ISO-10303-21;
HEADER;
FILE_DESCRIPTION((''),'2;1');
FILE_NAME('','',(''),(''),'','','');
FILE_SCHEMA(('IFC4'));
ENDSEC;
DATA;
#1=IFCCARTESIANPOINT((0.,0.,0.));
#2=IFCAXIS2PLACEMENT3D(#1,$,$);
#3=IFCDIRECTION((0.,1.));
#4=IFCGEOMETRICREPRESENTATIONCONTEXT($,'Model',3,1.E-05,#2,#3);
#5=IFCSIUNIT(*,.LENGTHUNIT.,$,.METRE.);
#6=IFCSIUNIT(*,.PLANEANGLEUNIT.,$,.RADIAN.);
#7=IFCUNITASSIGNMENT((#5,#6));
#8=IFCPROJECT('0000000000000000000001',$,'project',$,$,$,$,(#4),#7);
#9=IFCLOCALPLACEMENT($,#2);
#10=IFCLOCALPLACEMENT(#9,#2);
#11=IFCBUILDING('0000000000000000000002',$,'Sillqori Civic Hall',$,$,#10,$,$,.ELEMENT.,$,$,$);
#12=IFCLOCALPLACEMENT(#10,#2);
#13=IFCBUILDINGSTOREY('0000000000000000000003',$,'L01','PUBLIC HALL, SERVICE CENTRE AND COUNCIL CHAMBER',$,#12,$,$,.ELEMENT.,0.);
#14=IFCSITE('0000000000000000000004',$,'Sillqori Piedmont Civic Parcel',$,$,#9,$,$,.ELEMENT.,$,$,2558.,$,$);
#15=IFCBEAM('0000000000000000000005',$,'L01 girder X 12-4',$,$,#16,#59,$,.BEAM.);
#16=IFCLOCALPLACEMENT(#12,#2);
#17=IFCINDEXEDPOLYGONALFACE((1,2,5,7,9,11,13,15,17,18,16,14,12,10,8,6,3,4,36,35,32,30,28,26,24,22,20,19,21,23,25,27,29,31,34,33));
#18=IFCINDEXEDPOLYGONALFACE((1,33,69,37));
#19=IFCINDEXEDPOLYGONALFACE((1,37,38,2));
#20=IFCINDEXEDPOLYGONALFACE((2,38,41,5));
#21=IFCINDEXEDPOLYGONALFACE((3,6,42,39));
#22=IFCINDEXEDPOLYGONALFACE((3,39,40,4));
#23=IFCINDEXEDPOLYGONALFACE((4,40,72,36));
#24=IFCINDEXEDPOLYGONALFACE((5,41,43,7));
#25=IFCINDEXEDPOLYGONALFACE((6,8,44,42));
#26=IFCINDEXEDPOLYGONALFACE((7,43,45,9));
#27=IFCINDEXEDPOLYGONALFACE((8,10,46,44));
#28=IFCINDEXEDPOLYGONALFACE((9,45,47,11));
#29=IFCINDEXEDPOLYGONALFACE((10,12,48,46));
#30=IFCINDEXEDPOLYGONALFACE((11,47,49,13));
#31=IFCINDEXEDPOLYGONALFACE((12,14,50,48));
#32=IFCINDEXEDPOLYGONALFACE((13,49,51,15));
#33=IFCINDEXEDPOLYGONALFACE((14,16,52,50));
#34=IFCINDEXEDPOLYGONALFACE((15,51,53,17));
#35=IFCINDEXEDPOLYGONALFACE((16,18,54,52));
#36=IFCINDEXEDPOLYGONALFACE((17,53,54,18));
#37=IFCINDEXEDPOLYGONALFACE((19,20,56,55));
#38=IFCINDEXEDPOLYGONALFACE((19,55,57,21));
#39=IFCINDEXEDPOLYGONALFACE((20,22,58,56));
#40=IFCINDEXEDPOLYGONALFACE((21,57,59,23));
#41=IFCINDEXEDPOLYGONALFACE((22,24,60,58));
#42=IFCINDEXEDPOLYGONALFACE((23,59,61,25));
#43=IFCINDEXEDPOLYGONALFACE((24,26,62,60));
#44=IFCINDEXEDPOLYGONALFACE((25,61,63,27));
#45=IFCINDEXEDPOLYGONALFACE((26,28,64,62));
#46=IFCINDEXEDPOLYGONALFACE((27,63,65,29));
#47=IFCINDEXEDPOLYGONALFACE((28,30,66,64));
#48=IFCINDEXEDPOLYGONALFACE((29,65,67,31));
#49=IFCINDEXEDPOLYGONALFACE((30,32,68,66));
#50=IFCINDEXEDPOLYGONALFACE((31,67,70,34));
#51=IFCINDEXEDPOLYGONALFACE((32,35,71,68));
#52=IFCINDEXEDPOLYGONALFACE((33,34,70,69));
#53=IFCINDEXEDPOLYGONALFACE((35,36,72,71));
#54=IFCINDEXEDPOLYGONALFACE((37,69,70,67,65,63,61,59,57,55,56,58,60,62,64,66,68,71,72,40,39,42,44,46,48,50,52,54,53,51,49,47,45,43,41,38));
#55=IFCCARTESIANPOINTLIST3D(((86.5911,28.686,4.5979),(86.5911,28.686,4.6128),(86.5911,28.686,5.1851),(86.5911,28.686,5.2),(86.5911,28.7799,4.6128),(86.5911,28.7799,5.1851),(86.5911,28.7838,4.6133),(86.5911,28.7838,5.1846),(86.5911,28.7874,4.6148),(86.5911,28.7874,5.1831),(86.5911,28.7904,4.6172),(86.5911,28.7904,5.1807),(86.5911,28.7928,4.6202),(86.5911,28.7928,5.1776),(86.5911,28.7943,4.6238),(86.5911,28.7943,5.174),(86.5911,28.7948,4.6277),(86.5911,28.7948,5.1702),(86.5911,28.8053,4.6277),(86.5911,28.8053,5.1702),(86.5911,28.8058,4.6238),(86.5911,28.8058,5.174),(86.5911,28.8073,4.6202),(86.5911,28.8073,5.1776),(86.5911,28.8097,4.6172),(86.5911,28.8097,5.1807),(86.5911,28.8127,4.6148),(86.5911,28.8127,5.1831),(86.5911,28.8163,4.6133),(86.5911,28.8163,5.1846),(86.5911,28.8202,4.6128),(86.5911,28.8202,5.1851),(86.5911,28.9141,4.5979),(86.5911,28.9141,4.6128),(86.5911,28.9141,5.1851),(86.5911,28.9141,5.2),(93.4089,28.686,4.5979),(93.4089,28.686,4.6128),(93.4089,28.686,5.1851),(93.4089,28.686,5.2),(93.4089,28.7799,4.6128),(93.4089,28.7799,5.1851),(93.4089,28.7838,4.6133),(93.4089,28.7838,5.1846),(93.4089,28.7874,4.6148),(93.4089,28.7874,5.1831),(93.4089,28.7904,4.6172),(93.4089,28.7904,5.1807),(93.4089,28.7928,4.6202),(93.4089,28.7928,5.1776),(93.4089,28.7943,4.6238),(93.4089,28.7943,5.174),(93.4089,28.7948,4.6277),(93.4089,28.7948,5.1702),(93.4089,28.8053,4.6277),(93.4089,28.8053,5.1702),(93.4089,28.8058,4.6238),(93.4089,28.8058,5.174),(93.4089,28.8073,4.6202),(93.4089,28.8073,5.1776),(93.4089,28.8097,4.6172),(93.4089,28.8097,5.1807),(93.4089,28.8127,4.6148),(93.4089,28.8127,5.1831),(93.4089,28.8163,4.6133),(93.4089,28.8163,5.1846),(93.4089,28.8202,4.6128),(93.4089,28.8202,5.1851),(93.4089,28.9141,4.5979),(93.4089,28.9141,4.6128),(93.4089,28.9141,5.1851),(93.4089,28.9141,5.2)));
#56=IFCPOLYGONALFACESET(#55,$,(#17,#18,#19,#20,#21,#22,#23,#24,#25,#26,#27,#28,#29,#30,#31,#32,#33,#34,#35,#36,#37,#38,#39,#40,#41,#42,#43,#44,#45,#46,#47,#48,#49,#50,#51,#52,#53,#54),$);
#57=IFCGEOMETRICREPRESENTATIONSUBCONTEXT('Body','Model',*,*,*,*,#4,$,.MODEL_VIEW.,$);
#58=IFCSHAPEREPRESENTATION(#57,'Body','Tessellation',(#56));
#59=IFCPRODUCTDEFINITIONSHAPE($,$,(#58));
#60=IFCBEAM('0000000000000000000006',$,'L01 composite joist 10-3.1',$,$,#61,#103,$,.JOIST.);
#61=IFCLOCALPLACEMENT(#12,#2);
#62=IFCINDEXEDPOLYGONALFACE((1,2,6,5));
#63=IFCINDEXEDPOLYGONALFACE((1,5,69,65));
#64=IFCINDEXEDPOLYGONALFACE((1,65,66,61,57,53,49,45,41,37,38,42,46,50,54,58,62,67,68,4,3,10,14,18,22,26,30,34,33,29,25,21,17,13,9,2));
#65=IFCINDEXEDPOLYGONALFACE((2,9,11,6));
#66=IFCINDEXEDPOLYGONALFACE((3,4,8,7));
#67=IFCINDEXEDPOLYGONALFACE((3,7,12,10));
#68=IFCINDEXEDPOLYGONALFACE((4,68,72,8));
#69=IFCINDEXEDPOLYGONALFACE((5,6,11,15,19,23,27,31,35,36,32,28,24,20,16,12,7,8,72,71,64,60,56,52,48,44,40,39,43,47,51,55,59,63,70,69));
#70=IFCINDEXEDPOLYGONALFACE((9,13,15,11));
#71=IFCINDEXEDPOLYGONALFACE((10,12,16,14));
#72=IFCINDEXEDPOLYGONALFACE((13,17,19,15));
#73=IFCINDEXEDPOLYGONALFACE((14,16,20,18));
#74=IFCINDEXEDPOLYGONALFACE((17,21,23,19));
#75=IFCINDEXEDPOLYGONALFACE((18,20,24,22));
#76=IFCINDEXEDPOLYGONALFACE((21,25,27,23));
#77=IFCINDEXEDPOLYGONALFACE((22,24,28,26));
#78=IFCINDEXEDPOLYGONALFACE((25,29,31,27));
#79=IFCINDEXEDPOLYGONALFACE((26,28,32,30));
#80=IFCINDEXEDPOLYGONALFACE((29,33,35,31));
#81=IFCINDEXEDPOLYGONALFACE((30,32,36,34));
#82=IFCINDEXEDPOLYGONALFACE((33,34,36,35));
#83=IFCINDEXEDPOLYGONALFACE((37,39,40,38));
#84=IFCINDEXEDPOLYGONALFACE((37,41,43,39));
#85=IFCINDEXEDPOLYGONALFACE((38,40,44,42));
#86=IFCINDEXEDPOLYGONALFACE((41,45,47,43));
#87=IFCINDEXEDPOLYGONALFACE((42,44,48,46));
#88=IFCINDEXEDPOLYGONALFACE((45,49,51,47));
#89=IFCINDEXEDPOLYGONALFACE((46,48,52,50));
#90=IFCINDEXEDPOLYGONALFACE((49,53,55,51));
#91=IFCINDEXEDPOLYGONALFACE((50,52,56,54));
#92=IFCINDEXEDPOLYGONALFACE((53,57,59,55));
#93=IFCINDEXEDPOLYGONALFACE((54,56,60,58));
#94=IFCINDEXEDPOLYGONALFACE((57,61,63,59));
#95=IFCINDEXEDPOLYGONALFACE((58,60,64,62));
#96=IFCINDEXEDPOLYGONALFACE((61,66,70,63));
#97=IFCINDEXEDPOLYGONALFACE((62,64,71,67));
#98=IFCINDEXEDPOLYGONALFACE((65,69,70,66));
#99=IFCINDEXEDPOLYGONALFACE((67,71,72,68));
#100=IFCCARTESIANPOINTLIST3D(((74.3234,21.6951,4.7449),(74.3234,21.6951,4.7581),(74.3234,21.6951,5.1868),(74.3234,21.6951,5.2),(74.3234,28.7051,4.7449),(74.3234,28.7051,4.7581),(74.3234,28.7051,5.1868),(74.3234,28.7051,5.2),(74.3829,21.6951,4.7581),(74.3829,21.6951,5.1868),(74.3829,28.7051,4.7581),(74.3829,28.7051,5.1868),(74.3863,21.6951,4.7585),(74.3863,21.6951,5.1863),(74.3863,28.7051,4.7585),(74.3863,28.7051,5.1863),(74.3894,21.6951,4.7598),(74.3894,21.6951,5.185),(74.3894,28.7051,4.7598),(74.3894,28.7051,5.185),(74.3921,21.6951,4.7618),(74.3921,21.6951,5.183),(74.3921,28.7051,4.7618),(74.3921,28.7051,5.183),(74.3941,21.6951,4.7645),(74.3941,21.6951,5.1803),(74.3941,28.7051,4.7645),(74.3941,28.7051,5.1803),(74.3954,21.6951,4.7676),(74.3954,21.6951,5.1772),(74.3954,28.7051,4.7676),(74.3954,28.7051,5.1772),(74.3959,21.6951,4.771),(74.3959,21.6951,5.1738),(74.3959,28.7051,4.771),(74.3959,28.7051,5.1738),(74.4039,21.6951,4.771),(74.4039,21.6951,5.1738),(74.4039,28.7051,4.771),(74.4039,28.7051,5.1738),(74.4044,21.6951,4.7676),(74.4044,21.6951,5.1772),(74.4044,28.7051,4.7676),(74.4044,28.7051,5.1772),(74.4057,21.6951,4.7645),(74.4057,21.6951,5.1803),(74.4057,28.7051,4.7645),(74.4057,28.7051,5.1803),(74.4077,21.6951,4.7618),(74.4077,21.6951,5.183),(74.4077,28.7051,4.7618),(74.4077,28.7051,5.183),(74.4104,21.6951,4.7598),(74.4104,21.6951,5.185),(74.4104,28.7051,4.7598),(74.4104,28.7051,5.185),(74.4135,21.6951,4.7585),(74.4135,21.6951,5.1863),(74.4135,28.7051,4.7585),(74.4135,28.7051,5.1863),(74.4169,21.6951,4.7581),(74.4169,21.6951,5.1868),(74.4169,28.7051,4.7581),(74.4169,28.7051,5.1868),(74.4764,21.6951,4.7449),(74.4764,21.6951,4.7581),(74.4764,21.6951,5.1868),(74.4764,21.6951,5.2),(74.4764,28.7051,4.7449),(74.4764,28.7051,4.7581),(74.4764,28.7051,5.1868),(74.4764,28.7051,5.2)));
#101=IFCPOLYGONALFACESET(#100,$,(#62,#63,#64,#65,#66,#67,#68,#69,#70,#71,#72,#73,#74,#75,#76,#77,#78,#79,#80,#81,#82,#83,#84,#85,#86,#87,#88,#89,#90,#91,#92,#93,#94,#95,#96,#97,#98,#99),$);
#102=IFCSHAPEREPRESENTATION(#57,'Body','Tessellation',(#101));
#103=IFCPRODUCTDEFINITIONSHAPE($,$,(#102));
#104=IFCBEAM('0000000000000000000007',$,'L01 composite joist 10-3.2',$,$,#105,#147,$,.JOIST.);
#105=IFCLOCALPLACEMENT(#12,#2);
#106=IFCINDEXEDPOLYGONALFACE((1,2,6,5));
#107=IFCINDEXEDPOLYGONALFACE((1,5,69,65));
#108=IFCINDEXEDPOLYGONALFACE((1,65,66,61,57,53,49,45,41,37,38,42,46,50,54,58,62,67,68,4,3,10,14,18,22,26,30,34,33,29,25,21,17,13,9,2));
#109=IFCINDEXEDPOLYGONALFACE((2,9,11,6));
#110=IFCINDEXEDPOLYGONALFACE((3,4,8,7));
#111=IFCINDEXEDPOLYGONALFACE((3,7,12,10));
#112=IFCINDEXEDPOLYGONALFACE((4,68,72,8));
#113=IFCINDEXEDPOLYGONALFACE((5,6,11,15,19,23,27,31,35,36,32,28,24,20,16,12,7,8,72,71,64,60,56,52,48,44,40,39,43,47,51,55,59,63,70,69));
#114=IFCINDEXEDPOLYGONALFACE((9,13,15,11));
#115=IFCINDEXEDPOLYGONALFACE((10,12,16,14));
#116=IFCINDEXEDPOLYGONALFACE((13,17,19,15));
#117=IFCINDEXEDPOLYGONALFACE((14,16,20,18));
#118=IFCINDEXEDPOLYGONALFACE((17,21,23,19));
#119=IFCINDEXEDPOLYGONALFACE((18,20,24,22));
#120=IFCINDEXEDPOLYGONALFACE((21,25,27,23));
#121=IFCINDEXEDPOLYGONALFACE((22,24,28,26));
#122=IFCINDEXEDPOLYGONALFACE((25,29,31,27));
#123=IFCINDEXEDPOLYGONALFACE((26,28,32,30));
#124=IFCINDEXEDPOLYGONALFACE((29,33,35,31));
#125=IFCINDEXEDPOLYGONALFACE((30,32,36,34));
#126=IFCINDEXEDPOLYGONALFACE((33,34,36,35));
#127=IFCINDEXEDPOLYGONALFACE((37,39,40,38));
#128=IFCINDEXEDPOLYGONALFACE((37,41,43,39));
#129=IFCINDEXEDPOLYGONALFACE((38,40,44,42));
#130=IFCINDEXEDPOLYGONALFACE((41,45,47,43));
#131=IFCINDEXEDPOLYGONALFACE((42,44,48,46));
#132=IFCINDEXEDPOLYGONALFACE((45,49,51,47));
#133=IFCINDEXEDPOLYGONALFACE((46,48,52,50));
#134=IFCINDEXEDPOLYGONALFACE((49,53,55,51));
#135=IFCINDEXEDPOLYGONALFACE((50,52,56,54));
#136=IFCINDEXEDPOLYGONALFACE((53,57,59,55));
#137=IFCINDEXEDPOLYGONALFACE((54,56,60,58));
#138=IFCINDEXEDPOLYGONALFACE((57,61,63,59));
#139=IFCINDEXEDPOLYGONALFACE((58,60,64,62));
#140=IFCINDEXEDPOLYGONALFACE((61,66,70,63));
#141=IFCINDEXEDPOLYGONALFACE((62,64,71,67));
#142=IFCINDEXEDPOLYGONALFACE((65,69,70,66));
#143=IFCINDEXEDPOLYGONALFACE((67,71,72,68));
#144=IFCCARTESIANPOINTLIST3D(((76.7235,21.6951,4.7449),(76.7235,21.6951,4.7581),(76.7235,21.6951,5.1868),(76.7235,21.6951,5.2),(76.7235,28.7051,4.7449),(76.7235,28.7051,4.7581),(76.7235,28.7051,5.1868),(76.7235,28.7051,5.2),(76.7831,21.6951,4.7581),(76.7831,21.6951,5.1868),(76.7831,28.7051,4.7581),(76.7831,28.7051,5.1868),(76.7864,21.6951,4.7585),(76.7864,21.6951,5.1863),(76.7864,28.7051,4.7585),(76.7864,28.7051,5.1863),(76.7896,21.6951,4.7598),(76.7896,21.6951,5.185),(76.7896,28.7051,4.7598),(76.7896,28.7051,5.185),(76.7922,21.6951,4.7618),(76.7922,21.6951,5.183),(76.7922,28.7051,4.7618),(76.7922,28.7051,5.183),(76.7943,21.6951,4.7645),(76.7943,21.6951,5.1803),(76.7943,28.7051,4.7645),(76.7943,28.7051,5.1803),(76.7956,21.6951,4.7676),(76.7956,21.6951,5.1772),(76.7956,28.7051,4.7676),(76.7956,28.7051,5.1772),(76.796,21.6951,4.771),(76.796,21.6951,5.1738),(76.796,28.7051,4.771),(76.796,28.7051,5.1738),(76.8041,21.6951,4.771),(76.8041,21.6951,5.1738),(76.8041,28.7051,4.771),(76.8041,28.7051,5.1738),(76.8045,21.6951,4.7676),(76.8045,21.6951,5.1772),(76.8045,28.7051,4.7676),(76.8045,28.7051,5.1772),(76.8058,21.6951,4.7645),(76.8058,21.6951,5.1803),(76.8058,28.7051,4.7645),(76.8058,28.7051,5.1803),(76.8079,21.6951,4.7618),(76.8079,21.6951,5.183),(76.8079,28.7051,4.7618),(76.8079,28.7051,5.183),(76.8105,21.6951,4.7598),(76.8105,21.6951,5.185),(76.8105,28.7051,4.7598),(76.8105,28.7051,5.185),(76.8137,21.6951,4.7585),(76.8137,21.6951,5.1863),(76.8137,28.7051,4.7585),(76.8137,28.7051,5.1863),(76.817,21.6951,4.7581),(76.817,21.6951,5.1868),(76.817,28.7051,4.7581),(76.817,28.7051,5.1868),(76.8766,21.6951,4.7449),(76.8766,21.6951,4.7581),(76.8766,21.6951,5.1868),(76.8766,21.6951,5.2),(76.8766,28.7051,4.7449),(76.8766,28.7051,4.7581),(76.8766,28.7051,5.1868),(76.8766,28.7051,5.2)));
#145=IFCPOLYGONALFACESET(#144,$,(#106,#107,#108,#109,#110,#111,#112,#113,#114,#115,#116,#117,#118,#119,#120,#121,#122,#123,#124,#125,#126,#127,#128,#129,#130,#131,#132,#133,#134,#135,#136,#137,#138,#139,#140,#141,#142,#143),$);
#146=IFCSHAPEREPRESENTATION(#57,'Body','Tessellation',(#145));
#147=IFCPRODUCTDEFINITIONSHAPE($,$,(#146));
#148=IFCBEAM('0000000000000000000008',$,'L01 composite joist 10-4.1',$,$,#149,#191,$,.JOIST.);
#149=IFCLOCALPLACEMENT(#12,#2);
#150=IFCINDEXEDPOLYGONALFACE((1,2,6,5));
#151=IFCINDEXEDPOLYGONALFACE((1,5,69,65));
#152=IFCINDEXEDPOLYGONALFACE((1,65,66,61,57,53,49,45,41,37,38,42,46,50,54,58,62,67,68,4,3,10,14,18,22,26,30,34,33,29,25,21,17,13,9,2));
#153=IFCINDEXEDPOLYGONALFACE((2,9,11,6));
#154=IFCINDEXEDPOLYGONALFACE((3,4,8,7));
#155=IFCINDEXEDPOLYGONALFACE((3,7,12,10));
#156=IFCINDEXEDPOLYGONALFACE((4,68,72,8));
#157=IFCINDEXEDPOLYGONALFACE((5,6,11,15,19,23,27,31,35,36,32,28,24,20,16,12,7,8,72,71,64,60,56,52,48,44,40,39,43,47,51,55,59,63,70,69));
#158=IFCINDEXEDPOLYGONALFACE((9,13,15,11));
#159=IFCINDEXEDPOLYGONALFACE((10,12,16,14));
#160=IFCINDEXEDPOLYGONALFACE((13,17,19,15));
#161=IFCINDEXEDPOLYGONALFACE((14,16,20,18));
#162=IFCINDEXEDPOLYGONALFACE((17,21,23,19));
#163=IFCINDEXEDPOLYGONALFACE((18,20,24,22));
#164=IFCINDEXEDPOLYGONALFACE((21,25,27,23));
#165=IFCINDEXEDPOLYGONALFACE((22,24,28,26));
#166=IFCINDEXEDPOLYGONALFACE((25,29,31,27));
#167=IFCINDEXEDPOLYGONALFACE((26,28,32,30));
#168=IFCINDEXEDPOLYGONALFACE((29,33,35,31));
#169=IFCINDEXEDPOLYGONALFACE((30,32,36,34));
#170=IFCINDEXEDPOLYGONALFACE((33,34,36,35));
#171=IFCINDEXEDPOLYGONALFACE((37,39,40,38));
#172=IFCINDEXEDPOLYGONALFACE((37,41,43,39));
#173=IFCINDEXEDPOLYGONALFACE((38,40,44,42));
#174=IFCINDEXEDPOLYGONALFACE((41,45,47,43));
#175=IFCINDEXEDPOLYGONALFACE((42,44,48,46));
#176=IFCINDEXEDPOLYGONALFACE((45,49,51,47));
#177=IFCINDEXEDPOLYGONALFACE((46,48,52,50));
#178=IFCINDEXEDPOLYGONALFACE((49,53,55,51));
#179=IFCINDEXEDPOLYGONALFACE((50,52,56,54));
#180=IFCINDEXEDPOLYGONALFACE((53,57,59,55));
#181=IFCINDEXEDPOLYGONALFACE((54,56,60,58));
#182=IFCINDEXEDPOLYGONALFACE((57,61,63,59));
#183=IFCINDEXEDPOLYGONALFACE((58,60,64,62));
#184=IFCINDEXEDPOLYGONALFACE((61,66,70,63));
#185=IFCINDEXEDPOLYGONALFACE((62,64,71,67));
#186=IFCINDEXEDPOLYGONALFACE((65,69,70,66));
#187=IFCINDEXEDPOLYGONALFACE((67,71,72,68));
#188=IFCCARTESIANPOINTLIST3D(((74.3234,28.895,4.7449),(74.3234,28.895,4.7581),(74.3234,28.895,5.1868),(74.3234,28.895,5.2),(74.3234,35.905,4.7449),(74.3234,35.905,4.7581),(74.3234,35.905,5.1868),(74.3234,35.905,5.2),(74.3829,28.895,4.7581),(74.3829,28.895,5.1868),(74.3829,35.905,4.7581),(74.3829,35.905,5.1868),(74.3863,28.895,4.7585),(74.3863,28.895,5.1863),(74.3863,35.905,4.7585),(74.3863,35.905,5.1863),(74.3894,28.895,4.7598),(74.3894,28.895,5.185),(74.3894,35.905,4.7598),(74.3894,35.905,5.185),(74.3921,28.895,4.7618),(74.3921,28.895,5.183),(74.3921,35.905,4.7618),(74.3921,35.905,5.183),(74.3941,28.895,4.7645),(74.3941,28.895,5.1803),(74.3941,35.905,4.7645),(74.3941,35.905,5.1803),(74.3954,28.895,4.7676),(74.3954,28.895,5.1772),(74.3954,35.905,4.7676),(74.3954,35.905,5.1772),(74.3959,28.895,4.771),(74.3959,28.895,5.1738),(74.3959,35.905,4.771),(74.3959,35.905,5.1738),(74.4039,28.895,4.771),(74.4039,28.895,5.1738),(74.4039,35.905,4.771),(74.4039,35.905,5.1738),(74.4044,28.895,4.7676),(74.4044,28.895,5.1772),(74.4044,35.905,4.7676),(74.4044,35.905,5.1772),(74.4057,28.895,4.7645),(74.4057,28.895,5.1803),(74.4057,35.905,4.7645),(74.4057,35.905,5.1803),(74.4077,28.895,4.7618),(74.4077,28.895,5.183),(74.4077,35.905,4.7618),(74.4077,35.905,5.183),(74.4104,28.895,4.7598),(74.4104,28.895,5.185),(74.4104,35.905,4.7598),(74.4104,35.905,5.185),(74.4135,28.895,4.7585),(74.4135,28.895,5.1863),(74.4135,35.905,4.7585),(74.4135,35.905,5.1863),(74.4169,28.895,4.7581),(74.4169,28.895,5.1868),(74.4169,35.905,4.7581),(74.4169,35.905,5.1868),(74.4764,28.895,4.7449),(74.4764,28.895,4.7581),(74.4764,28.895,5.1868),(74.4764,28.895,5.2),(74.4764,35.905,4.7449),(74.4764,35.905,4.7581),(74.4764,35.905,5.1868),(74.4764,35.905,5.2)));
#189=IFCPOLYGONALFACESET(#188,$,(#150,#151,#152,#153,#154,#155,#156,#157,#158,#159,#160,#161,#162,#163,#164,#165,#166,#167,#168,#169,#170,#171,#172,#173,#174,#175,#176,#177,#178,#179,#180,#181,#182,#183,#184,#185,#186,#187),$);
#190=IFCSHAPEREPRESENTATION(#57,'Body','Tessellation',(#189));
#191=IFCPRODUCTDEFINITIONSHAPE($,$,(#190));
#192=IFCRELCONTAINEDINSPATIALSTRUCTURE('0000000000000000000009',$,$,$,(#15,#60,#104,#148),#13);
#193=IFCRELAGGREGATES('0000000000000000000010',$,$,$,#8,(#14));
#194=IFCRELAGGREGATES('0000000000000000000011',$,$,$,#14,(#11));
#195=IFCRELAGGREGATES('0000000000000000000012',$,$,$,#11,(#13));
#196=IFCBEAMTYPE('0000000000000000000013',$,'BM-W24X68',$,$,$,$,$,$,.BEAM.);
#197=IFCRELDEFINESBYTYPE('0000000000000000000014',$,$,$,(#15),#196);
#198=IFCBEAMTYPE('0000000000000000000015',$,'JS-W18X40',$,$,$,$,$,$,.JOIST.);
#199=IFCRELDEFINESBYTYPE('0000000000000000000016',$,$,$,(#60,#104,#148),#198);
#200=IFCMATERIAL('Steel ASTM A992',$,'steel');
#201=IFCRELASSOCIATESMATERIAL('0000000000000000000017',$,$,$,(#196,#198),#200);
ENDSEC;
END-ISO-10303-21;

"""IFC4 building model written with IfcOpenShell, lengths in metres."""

from ifc_helpers import new_model, si_unit, direction, frame, origin, origin_2d, place, context, subcontext, project, spatial, i_section, extrude, material, material_profile, profile_set, type_object, element, save


model = new_model("IFC4")

# Units and contexts
model_context = context("Model", 3, precision=1e-05, world=origin(), true_north=direction((0.0, 1.0)))
body_context = subcontext(model_context, "Body", "Model", "MODEL_VIEW")
ifc_project = project(units=[si_unit("LENGTHUNIT", "METRE"), si_unit("PLANEANGLEUNIT", "RADIAN")], contexts=[model_context])

# Site, building, storey
site_placement = place(None, origin())
site = spatial("IfcSite", under=ifc_project, at=site_placement, Name="Sillqori Piedmont Civic Parcel", CompositionType="ELEMENT", RefElevation=2558.0)
building_placement = place(site_placement, origin())
building = spatial("IfcBuilding", under=site, at=building_placement, Name="Sillqori Civic Hall", CompositionType="ELEMENT")
storey_placement = place(building_placement, origin())
storey = spatial("IfcBuildingStorey", under=building, at=storey_placement, Name="L01", Description="PUBLIC HALL, SERVICE CENTRE AND COUNCIL CHAMBER", CompositionType="ELEMENT", Elevation=0.0)

# Shared definitions
ifc_material_1 = material(Name="Steel ASTM A992", Category="steel")

# Beams
ifc_material_profile_1 = material_profile(ifc_material_1, i_section(OverallWidth=0.228, OverallDepth=0.6021, WebThickness=0.0105, FlangeThickness=0.0149, FilletRadius=0.0149, at=origin_2d()), Name="W24X68")
ifc_profile_set_1 = profile_set([ifc_material_profile_1], Name="Steel ASTM A992")
beam_type_1 = type_object("IfcBeamType", Name="BM-W24X68", PredefinedType="BEAM", material=ifc_profile_set_1)
for number, where, z_axis, x_axis, name in (
    (1, (86.5911, 28.8, 4.8989), (1.0, 0.0, 0.0), (0.0, 1.0, 0.0), "L01 girder X 12-4"),
):
    element("IfcBeam", number, at=place(storey_placement, frame(where, z_axis=z_axis, x_axis=x_axis)), inside=storey, type_object=beam_type_1, Name=name, PredefinedType="BEAM", context=body_context, shape_type="SweptSolid", body=[
        extrude(i_section(OverallWidth=0.228, OverallDepth=0.6021, WebThickness=0.0105, FlangeThickness=0.0149, FilletRadius=0.0149, at=origin_2d()), origin(), (0.0, 0.0, 1.0), 6.8179),
    ])
ifc_material_profile_2 = material_profile(ifc_material_1, i_section(OverallWidth=0.1531, OverallDepth=0.4551, WebThickness=0.0081, FlangeThickness=0.0132, FilletRadius=0.0129, at=origin_2d()), Name="W18X40")
ifc_profile_set_2 = profile_set([ifc_material_profile_2], Name="Steel ASTM A992")
beam_type_2 = type_object("IfcBeamType", Name="JS-W18X40", PredefinedType="JOIST", material=ifc_profile_set_2)
for number, where, z_axis, x_axis, name in (
    (2, (74.3999, 21.6951, 4.9724), (0.0, 1.0, 0.0), (-1.0, 0.0, 0.0), "L01 composite joist 10-3.1"),
    (3, (76.8, 21.6951, 4.9724), (0.0, 1.0, 0.0), (-1.0, 0.0, 0.0), "L01 composite joist 10-3.2"),
    (4, (74.3999, 28.895, 4.9724), (0.0, 1.0, 0.0), (-1.0, 0.0, 0.0), "L01 composite joist 10-4.1"),
):
    element("IfcBeam", number, at=place(storey_placement, frame(where, z_axis=z_axis, x_axis=x_axis)), inside=storey, type_object=beam_type_2, Name=name, PredefinedType="JOIST", context=body_context, shape_type="SweptSolid", body=[
        extrude(i_section(OverallWidth=0.1531, OverallDepth=0.4551, WebThickness=0.0081, FlangeThickness=0.0132, FilletRadius=0.0129, at=origin_2d()), origin(), (0.0, 0.0, 1.0), 7.01),
    ])

save(model, "model.ifc")
